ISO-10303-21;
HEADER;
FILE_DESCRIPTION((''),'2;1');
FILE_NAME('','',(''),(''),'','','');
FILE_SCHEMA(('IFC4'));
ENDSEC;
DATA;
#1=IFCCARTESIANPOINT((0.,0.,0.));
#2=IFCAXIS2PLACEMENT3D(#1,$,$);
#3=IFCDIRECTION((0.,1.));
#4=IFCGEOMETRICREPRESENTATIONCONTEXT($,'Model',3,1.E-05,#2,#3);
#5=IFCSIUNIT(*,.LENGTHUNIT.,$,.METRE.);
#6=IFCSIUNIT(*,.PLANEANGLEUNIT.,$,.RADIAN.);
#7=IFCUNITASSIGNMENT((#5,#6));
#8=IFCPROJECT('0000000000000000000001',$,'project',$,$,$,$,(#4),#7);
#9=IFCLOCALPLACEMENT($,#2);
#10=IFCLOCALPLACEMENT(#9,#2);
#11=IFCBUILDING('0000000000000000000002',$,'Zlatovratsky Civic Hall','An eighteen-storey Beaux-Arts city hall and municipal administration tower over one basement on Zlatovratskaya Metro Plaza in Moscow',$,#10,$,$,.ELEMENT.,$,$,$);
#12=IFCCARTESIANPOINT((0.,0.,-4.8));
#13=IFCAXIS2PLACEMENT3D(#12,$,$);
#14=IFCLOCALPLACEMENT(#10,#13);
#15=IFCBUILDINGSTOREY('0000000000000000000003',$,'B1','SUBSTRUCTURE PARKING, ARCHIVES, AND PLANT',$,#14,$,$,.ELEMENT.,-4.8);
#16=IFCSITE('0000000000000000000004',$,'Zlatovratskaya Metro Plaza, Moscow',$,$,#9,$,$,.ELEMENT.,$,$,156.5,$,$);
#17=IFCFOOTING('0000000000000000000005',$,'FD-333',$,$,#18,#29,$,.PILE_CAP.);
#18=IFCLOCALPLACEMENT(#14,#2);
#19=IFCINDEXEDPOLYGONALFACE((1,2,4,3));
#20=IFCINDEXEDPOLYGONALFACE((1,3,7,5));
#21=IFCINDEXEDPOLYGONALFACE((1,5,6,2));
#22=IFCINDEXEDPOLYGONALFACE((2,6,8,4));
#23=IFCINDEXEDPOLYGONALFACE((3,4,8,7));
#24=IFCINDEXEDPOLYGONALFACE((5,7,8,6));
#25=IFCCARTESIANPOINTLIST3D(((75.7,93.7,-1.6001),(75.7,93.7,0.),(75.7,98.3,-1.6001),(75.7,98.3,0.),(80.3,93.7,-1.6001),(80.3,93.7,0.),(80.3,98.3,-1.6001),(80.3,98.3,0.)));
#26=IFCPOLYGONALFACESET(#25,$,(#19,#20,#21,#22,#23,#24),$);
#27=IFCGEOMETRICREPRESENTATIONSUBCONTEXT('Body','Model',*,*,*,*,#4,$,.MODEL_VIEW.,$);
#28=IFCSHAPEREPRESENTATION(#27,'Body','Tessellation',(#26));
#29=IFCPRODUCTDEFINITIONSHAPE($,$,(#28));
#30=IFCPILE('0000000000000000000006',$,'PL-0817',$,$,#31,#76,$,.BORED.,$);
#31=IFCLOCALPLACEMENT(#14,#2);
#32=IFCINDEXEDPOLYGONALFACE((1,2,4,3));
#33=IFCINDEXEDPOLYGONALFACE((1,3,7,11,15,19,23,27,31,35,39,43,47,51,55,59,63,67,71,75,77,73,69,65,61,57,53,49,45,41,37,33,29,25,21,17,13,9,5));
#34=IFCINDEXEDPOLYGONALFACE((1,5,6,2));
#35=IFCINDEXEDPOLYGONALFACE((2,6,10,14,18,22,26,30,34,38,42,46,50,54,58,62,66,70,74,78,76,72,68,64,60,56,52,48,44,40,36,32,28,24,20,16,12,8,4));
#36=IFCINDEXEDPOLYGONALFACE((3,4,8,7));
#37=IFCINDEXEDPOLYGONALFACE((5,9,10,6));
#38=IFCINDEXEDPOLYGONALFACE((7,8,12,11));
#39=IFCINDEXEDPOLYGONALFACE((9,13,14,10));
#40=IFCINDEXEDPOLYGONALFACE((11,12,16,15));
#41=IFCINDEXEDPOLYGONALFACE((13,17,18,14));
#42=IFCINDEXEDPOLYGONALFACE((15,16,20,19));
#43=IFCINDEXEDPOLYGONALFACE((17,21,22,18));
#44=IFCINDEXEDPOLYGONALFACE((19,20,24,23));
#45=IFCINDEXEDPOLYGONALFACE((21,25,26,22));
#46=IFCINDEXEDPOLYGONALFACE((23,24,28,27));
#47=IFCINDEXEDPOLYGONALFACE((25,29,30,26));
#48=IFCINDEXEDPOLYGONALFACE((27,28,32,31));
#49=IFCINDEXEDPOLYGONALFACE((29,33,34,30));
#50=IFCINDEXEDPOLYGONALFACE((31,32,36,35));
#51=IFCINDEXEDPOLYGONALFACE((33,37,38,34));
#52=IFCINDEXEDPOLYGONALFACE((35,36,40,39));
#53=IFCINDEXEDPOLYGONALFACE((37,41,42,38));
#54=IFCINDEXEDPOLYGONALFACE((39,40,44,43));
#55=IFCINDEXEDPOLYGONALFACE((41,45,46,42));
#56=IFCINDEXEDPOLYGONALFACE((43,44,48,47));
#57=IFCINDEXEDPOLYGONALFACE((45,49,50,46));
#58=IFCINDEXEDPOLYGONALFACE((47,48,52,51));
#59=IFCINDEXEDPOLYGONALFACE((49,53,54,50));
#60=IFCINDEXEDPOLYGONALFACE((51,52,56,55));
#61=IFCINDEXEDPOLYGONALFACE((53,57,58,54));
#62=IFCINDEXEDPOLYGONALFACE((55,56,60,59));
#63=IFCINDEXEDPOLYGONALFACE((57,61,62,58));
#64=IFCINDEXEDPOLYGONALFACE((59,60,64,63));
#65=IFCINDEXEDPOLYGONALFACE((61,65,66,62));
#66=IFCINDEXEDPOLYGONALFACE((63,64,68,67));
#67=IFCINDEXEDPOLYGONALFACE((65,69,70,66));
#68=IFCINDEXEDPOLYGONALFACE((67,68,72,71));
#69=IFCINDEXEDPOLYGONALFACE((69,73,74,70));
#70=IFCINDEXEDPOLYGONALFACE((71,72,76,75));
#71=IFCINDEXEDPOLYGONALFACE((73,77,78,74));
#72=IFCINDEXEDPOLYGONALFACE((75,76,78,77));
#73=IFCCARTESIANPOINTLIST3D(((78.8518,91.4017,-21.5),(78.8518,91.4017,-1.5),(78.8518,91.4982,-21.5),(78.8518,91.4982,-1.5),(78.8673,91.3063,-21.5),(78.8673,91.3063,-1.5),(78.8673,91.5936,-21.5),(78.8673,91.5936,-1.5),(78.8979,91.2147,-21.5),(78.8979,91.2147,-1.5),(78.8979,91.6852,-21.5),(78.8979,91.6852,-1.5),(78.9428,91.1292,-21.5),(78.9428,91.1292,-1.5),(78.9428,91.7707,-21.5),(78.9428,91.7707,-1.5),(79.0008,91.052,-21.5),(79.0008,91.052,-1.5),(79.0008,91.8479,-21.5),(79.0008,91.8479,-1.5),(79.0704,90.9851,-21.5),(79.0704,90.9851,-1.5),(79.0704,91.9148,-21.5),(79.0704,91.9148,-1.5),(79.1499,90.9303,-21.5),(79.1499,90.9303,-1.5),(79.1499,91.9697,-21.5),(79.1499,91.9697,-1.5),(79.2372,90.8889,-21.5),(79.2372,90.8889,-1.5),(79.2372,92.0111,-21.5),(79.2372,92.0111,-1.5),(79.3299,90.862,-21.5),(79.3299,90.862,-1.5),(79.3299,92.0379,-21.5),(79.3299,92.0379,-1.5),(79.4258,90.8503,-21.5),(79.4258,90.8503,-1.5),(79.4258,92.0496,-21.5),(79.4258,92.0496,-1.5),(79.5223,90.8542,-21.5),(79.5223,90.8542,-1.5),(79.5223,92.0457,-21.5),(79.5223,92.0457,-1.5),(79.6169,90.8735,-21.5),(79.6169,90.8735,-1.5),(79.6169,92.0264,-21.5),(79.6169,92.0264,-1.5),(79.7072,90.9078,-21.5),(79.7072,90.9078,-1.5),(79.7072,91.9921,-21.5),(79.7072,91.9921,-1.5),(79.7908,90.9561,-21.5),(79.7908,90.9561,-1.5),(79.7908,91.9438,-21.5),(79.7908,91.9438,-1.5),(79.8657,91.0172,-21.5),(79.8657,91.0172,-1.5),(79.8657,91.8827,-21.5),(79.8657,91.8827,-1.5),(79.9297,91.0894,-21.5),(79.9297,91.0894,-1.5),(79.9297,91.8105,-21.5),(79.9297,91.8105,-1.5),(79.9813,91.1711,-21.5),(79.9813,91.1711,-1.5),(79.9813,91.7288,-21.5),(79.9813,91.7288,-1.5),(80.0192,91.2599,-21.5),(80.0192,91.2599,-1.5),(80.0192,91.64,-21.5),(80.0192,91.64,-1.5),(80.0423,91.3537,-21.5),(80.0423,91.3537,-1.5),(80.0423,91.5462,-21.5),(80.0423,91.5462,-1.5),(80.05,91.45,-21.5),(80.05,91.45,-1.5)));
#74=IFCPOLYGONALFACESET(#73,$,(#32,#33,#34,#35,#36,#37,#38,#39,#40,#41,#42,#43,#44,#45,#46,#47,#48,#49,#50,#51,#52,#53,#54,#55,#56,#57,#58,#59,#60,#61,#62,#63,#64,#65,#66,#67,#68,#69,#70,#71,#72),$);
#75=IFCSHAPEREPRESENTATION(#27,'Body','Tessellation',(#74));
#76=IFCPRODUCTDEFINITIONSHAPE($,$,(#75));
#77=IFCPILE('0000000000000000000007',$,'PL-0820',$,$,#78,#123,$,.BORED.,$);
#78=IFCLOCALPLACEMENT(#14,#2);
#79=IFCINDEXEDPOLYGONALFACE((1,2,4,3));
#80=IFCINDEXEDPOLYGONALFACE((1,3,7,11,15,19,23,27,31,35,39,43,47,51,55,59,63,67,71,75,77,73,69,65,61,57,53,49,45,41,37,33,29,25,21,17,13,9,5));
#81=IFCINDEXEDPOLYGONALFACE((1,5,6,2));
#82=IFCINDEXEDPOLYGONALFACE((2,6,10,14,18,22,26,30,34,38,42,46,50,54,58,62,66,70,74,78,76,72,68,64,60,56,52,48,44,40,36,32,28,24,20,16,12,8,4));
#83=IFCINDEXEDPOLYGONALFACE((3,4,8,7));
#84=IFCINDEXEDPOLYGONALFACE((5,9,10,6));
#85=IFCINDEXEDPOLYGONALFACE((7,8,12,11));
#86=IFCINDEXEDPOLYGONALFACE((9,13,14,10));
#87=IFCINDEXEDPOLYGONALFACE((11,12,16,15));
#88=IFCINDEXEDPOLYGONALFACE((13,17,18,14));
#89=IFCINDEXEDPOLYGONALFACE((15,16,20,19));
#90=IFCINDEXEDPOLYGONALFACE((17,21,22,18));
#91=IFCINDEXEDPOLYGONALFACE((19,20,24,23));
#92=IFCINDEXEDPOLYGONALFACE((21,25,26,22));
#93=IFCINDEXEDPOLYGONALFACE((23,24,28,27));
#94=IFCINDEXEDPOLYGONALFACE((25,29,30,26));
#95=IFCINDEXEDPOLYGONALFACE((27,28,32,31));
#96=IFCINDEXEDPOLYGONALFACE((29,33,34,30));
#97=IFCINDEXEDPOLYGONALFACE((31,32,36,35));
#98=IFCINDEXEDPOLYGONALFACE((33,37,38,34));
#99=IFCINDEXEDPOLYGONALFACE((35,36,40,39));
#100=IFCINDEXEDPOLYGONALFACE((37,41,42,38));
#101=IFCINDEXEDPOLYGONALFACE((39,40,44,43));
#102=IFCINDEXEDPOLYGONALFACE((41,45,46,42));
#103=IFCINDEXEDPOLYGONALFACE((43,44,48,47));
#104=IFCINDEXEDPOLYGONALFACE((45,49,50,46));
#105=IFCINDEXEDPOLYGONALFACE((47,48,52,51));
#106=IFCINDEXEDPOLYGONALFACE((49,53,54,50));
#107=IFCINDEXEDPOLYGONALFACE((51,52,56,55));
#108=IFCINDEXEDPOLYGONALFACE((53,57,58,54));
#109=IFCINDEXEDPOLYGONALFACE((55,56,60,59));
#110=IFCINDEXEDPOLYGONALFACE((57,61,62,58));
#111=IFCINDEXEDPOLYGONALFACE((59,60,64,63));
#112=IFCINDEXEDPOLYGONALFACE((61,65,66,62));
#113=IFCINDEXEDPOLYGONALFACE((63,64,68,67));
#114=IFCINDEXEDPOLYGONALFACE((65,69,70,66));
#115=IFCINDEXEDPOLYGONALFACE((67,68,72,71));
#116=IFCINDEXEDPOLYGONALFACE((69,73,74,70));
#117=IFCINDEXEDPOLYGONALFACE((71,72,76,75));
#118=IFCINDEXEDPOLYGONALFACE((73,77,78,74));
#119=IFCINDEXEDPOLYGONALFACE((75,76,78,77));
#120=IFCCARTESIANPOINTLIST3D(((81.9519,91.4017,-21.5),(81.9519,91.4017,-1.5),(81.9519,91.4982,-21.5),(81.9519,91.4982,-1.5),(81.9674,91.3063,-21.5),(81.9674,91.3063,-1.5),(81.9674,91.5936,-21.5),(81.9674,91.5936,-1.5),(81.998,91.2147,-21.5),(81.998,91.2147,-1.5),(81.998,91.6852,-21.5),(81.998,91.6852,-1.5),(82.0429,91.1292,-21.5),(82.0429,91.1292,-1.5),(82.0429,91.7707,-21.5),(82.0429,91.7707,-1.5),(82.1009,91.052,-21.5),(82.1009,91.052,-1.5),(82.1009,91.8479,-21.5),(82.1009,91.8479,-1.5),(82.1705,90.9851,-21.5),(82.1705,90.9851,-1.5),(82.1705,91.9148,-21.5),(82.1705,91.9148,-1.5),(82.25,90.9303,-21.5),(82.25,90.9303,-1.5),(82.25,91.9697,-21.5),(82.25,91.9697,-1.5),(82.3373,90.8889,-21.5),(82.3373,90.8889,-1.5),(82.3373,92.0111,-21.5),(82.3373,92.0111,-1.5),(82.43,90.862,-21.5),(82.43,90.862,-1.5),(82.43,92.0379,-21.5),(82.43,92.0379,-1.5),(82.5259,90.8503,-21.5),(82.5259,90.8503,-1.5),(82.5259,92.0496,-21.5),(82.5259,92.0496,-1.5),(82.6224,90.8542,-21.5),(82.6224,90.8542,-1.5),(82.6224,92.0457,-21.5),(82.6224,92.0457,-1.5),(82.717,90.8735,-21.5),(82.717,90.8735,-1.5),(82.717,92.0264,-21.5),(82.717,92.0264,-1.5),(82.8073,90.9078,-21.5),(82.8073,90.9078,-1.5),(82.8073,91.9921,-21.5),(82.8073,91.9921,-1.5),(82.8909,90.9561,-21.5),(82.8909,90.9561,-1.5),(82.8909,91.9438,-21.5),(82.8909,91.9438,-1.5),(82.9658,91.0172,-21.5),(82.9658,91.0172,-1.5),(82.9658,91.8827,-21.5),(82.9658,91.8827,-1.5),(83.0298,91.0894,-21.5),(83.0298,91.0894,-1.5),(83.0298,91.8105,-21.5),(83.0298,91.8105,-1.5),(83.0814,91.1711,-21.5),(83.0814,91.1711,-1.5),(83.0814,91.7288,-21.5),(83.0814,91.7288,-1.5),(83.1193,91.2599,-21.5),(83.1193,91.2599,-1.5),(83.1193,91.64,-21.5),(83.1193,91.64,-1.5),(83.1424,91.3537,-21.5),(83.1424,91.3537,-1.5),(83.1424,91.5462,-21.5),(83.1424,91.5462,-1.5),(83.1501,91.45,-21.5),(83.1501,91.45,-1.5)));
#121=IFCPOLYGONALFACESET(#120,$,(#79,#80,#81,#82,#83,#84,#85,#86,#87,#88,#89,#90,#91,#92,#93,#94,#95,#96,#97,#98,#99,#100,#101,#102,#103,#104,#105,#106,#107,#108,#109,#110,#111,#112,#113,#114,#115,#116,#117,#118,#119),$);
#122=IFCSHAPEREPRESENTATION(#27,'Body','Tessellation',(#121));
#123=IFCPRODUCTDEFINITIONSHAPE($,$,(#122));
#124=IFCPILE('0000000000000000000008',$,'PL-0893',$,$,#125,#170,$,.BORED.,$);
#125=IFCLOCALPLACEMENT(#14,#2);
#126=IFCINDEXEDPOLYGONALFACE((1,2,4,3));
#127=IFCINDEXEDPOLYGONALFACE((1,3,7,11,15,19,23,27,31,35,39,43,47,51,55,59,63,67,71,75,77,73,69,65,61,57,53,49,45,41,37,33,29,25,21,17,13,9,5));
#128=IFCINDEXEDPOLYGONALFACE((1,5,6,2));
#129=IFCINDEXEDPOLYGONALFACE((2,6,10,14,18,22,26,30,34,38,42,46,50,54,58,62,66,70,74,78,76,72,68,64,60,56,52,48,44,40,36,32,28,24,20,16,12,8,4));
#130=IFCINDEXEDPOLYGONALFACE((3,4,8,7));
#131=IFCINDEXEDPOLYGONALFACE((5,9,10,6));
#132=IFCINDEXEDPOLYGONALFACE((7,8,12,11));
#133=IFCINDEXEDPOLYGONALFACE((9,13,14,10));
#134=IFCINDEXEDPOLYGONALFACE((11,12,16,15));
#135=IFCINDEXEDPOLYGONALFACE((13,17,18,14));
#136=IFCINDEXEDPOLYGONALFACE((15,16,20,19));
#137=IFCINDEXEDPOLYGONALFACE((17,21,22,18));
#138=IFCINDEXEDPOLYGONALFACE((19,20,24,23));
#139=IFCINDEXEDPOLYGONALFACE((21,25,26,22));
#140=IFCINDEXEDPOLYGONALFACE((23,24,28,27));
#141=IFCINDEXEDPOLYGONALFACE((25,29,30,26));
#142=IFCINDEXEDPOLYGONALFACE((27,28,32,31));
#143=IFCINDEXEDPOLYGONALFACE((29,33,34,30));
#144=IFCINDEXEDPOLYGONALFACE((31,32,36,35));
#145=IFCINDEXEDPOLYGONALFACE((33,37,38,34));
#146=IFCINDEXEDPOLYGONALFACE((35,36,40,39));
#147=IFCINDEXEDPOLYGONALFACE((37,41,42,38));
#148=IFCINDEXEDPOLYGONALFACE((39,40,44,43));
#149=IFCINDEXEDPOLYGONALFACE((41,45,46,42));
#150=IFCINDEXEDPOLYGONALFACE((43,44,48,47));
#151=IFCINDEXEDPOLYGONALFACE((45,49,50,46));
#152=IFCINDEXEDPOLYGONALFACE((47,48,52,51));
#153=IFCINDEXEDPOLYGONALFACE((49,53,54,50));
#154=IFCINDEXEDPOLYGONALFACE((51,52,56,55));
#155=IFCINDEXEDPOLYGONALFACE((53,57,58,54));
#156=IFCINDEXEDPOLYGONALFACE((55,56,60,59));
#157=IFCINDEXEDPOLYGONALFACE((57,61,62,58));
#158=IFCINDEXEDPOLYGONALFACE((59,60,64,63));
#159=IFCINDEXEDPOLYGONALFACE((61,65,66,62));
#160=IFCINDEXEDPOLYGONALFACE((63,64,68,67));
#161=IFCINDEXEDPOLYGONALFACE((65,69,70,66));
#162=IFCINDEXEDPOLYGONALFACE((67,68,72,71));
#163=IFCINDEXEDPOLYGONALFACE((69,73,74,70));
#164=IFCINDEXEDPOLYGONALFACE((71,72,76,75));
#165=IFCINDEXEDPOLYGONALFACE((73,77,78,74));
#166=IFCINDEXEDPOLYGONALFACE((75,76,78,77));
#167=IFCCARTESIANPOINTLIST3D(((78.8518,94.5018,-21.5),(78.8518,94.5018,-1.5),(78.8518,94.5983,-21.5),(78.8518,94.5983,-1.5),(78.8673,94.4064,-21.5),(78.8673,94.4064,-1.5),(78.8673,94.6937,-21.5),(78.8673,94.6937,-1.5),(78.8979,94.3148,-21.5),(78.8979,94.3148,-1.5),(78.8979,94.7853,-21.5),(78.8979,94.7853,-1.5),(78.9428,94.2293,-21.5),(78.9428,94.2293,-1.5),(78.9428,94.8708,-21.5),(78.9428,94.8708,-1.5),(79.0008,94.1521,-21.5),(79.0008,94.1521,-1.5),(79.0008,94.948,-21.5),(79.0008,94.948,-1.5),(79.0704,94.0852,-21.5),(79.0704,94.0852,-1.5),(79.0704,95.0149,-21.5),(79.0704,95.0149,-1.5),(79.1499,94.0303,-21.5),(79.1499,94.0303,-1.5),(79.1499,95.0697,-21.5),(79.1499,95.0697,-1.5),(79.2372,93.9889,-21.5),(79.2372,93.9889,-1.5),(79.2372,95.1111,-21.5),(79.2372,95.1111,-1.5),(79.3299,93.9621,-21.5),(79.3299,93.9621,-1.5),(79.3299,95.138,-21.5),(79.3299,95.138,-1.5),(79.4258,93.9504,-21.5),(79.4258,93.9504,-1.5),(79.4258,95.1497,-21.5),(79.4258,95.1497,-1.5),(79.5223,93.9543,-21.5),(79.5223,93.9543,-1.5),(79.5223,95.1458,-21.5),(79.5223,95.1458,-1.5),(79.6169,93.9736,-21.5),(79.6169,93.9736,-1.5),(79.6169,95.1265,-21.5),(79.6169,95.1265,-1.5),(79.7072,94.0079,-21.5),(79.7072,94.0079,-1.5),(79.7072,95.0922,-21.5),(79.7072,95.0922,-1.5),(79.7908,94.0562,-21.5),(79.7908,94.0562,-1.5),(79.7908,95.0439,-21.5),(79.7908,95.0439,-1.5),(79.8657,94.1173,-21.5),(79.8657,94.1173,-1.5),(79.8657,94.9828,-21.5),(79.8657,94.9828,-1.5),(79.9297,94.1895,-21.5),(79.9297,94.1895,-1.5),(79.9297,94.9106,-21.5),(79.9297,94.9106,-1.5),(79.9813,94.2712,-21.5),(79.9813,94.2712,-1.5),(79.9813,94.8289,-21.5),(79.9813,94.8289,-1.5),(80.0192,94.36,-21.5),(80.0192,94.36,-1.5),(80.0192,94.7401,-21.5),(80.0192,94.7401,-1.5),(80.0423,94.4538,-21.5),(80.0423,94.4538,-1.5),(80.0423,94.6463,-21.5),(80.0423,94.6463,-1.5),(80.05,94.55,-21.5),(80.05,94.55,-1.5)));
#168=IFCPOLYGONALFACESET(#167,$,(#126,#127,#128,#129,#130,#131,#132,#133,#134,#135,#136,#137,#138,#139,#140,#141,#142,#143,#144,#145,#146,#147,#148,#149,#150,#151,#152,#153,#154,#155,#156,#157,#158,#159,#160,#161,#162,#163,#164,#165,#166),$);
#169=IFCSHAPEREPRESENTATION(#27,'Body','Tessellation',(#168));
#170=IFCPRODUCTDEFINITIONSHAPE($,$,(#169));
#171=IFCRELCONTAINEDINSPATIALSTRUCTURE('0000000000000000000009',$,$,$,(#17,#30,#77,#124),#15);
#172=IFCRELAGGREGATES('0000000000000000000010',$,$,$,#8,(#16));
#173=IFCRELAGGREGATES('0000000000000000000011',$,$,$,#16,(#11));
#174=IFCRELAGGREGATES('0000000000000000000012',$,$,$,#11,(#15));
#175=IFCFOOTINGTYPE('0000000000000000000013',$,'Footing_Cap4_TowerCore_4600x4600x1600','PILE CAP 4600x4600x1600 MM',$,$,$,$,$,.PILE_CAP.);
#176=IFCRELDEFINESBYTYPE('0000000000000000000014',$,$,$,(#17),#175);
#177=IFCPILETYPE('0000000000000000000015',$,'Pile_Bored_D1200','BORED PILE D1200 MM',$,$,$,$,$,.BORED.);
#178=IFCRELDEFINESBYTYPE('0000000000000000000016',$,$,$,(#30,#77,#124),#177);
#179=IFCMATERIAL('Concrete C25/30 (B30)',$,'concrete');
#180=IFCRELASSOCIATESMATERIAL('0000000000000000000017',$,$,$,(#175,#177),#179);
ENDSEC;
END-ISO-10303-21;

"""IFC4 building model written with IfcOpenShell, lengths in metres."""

from ifc_helpers import new_model, si_unit, direction, frame, origin, origin_2d, place, context, subcontext, project, spatial, rectangle, circle, extrude, material, material_profile, profile_set, type_object, element, save


model = new_model("IFC4")

# Units and contexts
model_context = context("Model", 3, precision=1e-05, world=origin(), true_north=direction((0.0, 1.0)))
body_context = subcontext(model_context, "Body", "Model", "MODEL_VIEW")
ifc_project = project(units=[si_unit("LENGTHUNIT", "METRE"), si_unit("PLANEANGLEUNIT", "RADIAN")], contexts=[model_context])

# Site, building, storey
site_placement = place(None, origin())
site = spatial("IfcSite", under=ifc_project, at=site_placement, Name="Zlatovratskaya Metro Plaza, Moscow", CompositionType="ELEMENT", RefElevation=156.5)
building_placement = place(site_placement, origin())
building = spatial("IfcBuilding", under=site, at=building_placement, Name="Zlatovratsky Civic Hall", Description="An eighteen-storey Beaux-Arts city hall and municipal administration tower over one basement on Zlatovratskaya Metro Plaza in Moscow", CompositionType="ELEMENT")
storey_placement = place(building_placement, frame((0.0, 0.0, -4.8)))
storey = spatial("IfcBuildingStorey", under=building, at=storey_placement, Name="B1", Description="SUBSTRUCTURE PARKING, ARCHIVES, AND PLANT", CompositionType="ELEMENT", Elevation=-4.8)

# Footing
ifc_material_1 = material(Name="Concrete C25/30 (B30)", Category="concrete")
footing_type = type_object("IfcFootingType", Name="Footing_Cap4_TowerCore_4600x4600x1600", Description="PILE CAP 4600x4600x1600 MM", PredefinedType="PILE_CAP", material=ifc_material_1)
footing_placement = place(storey_placement, frame((78.0, 96.0, -1.6001), z_axis=(0.0, 0.0, 1.0), x_axis=(1.0, 0.0, 0.0)))
element("IfcFooting", 1, at=footing_placement, inside=storey, type_object=footing_type, Name="FD-333", PredefinedType="PILE_CAP", context=body_context, shape_type="SweptSolid", body=[
    extrude(rectangle(XDim=4.6001, YDim=4.6001, at=origin_2d()), origin(), (0.0, 0.0, 1.0), 1.6001),
])

# Piles
ifc_material_profile_1 = material_profile(ifc_material_1, circle(Radius=0.6001, at=origin_2d()), Name="PILE D1200")
ifc_profile_set_1 = profile_set([ifc_material_profile_1], Name="Concrete C25/30 (B30)")
pile_type = type_object("IfcPileType", Name="Pile_Bored_D1200", Description="BORED PILE D1200 MM", PredefinedType="BORED", material=ifc_profile_set_1)
for number, where, z_axis, x_axis, name in (
    (2, (79.45, 91.45, -1.5), (0.0, 0.0, -1.0), (1.0, 0.0, 0.0), "PL-0817"),
    (3, (82.55, 91.45, -1.5), (0.0, 0.0, -1.0), (1.0, 0.0, 0.0), "PL-0820"),
    (4, (79.45, 94.55, -1.5), (0.0, 0.0, -1.0), (1.0, 0.0, 0.0), "PL-0893"),
):
    element("IfcPile", number, at=place(storey_placement, frame(where, z_axis=z_axis, x_axis=x_axis)), inside=storey, type_object=pile_type, Name=name, PredefinedType="BORED", context=body_context, shape_type="SweptSolid", body=[
        extrude(circle(Radius=0.6001, at=origin_2d()), origin(), (0.0, 0.0, 1.0), 20.0),
    ])

save(model, "model.ifc")
